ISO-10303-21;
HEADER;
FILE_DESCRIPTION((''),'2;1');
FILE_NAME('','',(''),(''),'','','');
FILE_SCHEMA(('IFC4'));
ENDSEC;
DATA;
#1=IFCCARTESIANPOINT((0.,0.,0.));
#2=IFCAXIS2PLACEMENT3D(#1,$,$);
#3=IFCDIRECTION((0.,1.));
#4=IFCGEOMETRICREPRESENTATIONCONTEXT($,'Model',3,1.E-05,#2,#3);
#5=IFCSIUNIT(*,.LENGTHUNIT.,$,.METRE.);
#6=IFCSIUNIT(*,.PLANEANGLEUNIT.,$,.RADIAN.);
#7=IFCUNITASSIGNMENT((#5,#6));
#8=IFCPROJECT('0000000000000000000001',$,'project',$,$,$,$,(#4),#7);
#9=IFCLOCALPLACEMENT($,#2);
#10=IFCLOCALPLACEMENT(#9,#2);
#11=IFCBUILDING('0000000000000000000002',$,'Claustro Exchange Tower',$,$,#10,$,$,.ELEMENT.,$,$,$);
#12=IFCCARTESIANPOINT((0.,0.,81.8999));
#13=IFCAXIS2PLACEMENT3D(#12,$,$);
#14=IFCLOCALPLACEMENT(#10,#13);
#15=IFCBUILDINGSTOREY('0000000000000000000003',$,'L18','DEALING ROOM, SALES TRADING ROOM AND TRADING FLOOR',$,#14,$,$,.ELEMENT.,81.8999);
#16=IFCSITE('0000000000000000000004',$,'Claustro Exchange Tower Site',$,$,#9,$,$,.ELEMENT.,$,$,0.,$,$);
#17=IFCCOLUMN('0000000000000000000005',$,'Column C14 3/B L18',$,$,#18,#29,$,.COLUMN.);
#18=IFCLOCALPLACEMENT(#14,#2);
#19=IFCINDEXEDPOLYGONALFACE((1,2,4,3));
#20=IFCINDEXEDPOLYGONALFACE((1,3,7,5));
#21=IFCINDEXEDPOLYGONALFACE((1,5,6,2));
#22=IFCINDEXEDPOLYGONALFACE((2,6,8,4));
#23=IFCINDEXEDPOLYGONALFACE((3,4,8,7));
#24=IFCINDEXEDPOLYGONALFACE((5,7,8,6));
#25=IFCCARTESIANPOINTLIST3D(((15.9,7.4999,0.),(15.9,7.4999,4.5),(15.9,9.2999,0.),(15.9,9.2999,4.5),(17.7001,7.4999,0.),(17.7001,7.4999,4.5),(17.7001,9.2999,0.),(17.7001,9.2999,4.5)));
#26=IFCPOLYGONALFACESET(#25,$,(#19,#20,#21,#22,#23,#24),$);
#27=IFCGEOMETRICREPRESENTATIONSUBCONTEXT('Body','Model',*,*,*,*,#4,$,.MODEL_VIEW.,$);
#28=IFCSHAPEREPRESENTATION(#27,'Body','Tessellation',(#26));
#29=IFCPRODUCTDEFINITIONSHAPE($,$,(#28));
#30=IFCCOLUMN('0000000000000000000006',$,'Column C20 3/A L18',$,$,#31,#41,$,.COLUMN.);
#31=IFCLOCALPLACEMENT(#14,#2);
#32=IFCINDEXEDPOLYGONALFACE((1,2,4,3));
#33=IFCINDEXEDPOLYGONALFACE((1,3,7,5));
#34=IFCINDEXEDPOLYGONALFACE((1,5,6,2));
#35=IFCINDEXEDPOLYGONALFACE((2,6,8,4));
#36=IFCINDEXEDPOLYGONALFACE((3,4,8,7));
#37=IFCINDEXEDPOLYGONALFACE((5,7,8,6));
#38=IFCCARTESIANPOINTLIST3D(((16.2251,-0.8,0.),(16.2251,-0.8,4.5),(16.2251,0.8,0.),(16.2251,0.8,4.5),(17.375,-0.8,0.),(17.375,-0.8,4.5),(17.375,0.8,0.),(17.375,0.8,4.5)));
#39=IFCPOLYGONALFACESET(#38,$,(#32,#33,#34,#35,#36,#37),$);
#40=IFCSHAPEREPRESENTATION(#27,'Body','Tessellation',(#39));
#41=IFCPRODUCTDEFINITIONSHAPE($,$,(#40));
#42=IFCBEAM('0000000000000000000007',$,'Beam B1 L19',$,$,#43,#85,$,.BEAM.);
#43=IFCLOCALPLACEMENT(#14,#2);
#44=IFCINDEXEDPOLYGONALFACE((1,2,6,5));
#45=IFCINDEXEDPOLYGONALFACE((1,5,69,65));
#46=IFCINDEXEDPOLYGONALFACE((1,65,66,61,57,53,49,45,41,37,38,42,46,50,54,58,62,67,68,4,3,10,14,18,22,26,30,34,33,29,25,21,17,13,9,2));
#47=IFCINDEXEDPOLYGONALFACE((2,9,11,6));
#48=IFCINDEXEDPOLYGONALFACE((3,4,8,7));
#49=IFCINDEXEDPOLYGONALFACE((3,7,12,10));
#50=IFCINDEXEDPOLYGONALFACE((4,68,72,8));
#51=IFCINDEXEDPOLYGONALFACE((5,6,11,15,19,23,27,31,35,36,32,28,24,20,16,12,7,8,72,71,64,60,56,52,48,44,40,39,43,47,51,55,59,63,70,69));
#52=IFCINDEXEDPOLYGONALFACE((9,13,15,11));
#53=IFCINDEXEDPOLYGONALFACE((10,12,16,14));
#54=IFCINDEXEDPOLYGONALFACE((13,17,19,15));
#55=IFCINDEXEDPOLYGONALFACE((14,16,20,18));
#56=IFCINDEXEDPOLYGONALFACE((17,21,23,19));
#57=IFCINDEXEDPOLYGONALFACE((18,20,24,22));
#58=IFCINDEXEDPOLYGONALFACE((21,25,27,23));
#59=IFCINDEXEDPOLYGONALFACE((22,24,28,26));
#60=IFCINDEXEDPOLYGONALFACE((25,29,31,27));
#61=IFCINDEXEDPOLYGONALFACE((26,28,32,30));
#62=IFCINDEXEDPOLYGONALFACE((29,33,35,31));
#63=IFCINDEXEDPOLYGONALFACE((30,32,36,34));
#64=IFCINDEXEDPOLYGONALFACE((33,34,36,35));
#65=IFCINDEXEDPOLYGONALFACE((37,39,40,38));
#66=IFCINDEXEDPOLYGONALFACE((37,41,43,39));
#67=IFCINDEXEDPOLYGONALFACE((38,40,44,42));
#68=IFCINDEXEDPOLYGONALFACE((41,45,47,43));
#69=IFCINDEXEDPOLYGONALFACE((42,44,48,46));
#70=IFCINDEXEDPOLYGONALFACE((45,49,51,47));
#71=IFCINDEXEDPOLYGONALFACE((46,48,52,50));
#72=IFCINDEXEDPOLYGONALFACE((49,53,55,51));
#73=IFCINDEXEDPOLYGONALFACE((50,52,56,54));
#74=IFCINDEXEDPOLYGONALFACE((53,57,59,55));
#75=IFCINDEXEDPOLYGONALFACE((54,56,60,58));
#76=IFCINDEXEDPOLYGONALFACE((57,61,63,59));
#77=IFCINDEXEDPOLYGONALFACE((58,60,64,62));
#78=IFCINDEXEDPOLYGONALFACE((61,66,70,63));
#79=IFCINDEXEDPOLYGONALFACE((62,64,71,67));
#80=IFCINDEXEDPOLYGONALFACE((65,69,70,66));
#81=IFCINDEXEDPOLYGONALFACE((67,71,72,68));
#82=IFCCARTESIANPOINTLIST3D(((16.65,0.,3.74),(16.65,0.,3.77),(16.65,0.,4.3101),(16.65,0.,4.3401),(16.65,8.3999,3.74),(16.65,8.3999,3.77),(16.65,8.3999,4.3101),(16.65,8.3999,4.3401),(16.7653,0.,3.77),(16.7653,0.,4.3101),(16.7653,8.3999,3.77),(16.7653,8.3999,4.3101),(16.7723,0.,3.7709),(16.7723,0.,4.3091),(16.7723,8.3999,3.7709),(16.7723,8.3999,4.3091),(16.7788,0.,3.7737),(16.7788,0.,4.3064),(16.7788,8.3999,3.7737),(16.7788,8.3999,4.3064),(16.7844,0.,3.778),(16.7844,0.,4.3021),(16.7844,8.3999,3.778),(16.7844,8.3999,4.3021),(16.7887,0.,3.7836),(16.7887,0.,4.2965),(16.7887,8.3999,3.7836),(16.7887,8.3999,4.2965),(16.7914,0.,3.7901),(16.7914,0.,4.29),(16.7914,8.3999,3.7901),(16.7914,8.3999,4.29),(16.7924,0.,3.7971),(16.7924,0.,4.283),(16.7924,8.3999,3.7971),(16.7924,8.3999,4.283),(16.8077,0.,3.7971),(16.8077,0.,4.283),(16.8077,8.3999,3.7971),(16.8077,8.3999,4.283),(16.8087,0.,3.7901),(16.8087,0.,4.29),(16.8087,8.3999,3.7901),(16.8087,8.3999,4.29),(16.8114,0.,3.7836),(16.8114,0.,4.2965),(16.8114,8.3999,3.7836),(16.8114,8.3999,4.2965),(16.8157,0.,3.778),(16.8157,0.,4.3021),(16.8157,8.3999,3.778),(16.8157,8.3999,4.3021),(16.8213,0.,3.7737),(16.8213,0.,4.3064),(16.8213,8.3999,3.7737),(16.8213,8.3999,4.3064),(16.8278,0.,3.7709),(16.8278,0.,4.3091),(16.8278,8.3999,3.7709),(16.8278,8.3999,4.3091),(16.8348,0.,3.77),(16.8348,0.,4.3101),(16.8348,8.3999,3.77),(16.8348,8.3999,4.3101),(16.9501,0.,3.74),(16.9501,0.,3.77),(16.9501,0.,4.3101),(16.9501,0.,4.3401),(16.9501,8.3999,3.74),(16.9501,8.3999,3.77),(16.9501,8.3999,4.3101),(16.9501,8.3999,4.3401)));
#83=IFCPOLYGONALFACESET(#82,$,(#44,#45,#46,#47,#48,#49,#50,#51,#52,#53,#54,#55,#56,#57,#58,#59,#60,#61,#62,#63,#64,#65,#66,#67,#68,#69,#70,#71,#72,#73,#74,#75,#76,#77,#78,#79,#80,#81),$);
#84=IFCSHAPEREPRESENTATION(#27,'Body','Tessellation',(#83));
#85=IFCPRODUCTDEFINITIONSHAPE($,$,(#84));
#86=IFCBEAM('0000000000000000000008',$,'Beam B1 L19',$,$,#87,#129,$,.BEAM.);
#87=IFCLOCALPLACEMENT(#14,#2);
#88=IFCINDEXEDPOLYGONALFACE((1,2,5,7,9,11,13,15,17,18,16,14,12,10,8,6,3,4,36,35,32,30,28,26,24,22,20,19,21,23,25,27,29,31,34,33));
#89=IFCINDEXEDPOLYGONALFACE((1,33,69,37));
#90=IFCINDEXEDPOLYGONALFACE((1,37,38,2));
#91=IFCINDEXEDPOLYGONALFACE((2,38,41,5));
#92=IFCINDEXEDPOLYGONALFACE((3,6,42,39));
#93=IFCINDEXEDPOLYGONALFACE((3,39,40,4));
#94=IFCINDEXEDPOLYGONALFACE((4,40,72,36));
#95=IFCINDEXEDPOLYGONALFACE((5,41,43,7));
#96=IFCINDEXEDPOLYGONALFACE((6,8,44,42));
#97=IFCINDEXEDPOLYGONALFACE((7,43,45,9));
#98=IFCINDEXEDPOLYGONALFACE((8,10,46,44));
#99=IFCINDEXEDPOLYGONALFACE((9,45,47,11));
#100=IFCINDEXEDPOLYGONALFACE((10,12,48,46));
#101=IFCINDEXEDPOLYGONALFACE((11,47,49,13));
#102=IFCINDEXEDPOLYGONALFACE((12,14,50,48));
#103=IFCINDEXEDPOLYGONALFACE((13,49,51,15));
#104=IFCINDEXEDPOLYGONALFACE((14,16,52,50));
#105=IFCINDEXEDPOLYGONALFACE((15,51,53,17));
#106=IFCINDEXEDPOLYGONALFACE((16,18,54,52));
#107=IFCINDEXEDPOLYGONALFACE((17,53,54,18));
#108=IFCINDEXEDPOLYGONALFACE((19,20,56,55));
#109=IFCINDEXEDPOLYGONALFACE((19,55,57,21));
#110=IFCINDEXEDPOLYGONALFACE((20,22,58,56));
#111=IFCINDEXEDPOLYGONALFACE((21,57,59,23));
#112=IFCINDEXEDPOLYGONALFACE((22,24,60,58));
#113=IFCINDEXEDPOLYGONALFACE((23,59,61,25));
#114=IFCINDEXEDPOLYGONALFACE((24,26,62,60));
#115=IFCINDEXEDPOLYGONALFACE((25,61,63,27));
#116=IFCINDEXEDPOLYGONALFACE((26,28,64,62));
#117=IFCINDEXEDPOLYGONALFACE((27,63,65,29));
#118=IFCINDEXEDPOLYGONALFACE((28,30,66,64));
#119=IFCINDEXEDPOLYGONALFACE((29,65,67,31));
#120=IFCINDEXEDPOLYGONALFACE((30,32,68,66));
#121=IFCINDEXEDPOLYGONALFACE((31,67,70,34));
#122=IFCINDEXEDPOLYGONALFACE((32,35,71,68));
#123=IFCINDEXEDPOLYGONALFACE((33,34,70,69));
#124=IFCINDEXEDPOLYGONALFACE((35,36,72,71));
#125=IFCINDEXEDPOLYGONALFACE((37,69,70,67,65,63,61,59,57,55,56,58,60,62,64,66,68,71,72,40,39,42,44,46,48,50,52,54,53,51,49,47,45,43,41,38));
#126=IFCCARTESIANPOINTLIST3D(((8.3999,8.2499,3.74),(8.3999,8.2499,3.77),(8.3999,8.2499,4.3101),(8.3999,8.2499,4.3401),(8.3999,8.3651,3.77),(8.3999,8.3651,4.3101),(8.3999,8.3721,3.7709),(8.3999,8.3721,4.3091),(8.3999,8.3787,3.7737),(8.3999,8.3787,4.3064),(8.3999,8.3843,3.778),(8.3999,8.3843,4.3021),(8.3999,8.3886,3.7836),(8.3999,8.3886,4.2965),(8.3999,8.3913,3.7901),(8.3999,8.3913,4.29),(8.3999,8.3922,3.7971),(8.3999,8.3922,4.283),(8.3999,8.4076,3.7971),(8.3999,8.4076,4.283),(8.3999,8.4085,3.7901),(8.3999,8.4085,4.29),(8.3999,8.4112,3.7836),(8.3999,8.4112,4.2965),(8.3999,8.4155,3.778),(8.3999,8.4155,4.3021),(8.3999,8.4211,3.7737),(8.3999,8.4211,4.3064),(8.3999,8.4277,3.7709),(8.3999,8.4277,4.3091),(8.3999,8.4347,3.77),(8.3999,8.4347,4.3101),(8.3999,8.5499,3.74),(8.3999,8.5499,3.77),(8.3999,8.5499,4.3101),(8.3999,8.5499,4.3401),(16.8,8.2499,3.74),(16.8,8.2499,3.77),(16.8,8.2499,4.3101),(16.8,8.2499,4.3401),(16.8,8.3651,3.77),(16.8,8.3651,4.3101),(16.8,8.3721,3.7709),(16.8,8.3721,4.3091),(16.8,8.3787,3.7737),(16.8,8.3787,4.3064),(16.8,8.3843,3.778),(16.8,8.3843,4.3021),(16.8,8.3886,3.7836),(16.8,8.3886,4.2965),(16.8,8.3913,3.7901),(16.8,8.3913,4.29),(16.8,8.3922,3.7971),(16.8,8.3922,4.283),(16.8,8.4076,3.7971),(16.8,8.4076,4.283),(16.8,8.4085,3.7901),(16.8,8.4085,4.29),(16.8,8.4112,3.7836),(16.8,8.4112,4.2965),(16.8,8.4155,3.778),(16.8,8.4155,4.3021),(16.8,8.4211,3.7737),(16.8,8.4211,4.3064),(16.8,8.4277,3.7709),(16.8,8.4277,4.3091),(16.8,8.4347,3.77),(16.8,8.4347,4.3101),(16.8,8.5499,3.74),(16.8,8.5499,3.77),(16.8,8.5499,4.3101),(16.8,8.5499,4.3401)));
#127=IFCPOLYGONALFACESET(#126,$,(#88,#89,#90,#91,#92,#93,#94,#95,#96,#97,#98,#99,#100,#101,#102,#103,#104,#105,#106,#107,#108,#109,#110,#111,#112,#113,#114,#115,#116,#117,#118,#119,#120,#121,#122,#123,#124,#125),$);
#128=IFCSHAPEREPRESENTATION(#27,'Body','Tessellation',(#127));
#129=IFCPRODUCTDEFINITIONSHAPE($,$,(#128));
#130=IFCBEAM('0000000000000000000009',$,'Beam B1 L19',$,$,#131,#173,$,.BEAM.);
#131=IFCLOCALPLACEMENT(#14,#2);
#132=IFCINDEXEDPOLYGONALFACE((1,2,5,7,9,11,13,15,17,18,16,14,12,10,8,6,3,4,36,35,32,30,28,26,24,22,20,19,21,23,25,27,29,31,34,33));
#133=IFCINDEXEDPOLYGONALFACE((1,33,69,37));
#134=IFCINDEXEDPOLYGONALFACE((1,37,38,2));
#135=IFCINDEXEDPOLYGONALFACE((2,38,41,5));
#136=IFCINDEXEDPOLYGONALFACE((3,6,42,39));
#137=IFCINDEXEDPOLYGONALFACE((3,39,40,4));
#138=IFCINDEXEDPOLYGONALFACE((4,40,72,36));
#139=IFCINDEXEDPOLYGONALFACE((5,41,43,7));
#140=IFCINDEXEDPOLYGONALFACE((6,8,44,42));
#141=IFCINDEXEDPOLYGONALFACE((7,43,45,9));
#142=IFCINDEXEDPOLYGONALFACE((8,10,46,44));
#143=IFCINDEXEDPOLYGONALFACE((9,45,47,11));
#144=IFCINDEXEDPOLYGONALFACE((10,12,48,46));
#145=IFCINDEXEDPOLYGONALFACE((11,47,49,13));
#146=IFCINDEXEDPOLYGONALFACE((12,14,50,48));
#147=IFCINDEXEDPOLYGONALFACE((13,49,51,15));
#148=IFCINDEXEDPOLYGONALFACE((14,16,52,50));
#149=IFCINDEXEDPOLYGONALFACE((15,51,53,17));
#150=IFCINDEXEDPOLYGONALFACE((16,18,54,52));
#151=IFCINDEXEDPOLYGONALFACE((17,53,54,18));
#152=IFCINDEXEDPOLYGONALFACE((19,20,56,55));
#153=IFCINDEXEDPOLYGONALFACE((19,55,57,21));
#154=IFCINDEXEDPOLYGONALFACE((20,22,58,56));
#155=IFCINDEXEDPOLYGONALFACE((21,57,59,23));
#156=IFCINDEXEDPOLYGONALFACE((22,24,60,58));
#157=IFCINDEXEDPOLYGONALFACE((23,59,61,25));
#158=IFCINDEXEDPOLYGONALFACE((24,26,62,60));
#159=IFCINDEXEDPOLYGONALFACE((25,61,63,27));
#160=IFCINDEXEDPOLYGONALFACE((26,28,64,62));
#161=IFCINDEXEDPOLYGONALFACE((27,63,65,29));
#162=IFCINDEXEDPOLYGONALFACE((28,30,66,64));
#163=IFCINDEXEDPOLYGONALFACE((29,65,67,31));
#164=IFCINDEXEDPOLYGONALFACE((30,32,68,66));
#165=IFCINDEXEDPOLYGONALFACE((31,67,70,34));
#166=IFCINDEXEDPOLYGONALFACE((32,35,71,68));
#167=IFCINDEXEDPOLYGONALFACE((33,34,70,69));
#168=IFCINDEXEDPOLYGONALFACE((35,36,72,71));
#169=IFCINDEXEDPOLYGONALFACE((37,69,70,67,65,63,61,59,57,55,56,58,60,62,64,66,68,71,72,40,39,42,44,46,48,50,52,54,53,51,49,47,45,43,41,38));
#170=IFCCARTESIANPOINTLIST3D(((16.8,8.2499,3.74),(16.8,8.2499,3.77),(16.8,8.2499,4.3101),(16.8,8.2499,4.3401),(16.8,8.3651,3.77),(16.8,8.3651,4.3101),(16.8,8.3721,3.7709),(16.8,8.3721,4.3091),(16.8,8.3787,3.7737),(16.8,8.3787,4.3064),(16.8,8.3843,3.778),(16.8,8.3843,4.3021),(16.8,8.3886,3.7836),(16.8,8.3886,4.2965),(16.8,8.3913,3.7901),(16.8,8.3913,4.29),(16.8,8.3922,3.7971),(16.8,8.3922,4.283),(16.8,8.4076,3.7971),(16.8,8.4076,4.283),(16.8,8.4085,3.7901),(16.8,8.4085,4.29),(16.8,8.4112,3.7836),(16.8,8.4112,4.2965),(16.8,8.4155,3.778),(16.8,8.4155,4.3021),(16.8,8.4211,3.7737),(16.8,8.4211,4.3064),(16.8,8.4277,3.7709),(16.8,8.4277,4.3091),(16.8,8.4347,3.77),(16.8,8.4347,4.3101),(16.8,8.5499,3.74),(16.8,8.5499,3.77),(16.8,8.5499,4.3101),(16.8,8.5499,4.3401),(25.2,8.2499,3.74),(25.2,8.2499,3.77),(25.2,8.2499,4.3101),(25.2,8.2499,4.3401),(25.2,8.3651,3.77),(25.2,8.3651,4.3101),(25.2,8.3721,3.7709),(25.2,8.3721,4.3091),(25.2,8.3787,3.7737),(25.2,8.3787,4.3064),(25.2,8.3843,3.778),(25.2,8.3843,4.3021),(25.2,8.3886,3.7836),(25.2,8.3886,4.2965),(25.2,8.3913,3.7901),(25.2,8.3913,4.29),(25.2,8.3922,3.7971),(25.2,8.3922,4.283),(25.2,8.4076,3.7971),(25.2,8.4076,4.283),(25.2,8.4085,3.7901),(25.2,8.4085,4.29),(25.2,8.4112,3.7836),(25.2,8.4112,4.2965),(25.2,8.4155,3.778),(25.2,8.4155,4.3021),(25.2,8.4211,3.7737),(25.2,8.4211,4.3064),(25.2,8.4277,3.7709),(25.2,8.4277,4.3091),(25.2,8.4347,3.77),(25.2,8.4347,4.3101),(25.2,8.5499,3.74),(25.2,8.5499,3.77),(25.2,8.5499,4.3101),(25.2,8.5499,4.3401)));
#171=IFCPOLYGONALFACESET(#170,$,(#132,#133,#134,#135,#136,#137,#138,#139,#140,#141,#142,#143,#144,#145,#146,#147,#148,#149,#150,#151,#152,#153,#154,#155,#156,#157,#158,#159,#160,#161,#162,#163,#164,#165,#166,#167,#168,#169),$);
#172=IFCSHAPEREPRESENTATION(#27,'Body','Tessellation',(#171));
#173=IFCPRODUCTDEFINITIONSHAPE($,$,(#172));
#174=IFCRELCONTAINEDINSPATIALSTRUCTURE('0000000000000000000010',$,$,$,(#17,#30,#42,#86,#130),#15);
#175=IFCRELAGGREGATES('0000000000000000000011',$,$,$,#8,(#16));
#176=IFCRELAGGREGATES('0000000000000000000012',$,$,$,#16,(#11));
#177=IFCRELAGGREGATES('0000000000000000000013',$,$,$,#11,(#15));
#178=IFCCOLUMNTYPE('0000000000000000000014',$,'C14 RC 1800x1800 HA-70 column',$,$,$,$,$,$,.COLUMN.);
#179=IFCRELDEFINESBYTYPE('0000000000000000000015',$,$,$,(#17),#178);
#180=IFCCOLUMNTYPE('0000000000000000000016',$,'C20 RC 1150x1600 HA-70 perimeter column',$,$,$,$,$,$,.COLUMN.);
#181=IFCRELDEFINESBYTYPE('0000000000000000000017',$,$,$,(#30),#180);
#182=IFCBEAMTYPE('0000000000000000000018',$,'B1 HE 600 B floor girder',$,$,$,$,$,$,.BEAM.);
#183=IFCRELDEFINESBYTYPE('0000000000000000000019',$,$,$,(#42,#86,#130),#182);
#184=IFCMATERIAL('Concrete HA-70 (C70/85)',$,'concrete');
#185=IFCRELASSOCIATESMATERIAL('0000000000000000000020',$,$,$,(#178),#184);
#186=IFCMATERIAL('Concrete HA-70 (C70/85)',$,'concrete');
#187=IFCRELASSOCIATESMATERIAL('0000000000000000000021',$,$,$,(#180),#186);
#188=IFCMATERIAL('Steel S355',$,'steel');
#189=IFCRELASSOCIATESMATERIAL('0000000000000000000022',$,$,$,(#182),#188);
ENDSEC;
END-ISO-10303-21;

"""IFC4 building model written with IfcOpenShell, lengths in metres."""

from ifc_helpers import new_model, si_unit, direction, frame, origin, origin_2d, place, context, subcontext, project, spatial, rectangle, i_section, extrude, material, material_profile, profile_set, type_object, element, save


model = new_model("IFC4")

# Units and contexts
model_context = context("Model", 3, precision=1e-05, world=origin(), true_north=direction((0.0, 1.0)))
body_context = subcontext(model_context, "Body", "Model", "MODEL_VIEW")
ifc_project = project(units=[si_unit("LENGTHUNIT", "METRE"), si_unit("PLANEANGLEUNIT", "RADIAN")], contexts=[model_context])

# Site, building, storey
site_placement = place(None, origin())
site = spatial("IfcSite", under=ifc_project, at=site_placement, Name="Claustro Exchange Tower Site", CompositionType="ELEMENT", RefElevation=0.0)
building_placement = place(site_placement, origin())
building = spatial("IfcBuilding", under=site, at=building_placement, Name="Claustro Exchange Tower", CompositionType="ELEMENT")
storey_placement = place(building_placement, frame((0.0, 0.0, 81.8999)))
storey = spatial("IfcBuildingStorey", under=building, at=storey_placement, Name="L18", Description="DEALING ROOM, SALES TRADING ROOM AND TRADING FLOOR", CompositionType="ELEMENT", Elevation=81.8999)

# Columns
ifc_material_1 = material(Name="Concrete HA-70 (C70/85)", Category="concrete")
ifc_material_profile_1 = material_profile(ifc_material_1, rectangle(XDim=1.8, YDim=1.8, at=origin_2d()), Name="RC 1800x1800")
ifc_profile_set_1 = profile_set([ifc_material_profile_1], Name="Concrete HA-70 (C70/85)")
column_type_1 = type_object("IfcColumnType", Name="C14 RC 1800x1800 HA-70 column", PredefinedType="COLUMN", material=ifc_profile_set_1)
column_1_placement = place(storey_placement, frame((16.8, 8.3999, 0.0), z_axis=(0.0, 0.0, 1.0), x_axis=(1.0, 0.0, 0.0)))
element("IfcColumn", 1, at=column_1_placement, inside=storey, type_object=column_type_1, Name="Column C14 3/B L18", PredefinedType="COLUMN", context=body_context, shape_type="SweptSolid", body=[
    extrude(rectangle(XDim=1.8, YDim=1.8, at=origin_2d()), origin(), (0.0, 0.0, 1.0), 4.5),
])
ifc_material_2 = material(Name="Concrete HA-70 (C70/85)", Category="concrete")
ifc_material_profile_2 = material_profile(ifc_material_2, rectangle(XDim=1.1499, YDim=1.6001, at=origin_2d()), Name="RC 1150x1600")
ifc_profile_set_2 = profile_set([ifc_material_profile_2], Name="Concrete HA-70 (C70/85)")
column_type_2 = type_object("IfcColumnType", Name="C20 RC 1150x1600 HA-70 perimeter column", PredefinedType="COLUMN", material=ifc_profile_set_2)
column_2_placement = place(storey_placement, frame((16.8, 0.0, 0.0), z_axis=(0.0, 0.0, 1.0), x_axis=(1.0, 0.0, 0.0)))
element("IfcColumn", 2, at=column_2_placement, inside=storey, type_object=column_type_2, Name="Column C20 3/A L18", PredefinedType="COLUMN", context=body_context, shape_type="SweptSolid", body=[
    extrude(rectangle(XDim=1.1499, YDim=1.6001, at=origin_2d()), origin(), (0.0, 0.0, 1.0), 4.5),
])

# Beams
ifc_material_3 = material(Name="Steel S355", Category="steel")
ifc_material_profile_3 = material_profile(ifc_material_3, i_section(OverallWidth=0.3, OverallDepth=0.6001, WebThickness=0.0154, FlangeThickness=0.03, FilletRadius=0.0271, at=origin_2d()), Name="HE 600 B")
ifc_profile_set_3 = profile_set([ifc_material_profile_3], Name="Steel S355")
beam_type_1 = type_object("IfcBeamType", Name="B1 HE 600 B floor girder", PredefinedType="BEAM", material=ifc_profile_set_3)
beam_1_placement = place(storey_placement, frame((16.8, 0.0, 4.04), z_axis=(0.0, 1.0, 0.0), x_axis=(-1.0, 0.0, 0.0)))
element("IfcBeam", 3, at=beam_1_placement, inside=storey, type_object=beam_type_1, Name="Beam B1 L19", PredefinedType="BEAM", context=body_context, shape_type="SweptSolid", body=[
    extrude(i_section(OverallWidth=0.3, OverallDepth=0.6001, WebThickness=0.0154, FlangeThickness=0.03, FilletRadius=0.0271, at=origin_2d()), origin(), (0.0, 0.0, 1.0), 8.3999),
])
beam_2_placement = place(storey_placement, frame((8.3999, 8.3999, 4.04), z_axis=(1.0, 0.0, 0.0), x_axis=(0.0, 1.0, 0.0)))
element("IfcBeam", 4, at=beam_2_placement, inside=storey, type_object=beam_type_1, Name="Beam B1 L19", PredefinedType="BEAM", context=body_context, shape_type="SweptSolid", body=[
    extrude(i_section(OverallWidth=0.3, OverallDepth=0.6001, WebThickness=0.0154, FlangeThickness=0.03, FilletRadius=0.0271, at=origin_2d()), origin(), (0.0, 0.0, 1.0), 8.4001),
])
beam_3_placement = place(storey_placement, frame((16.8, 8.3999, 4.04), z_axis=(1.0, 0.0, 0.0), x_axis=(0.0, 1.0, 0.0)))
element("IfcBeam", 5, at=beam_3_placement, inside=storey, type_object=beam_type_1, Name="Beam B1 L19", PredefinedType="BEAM", context=body_context, shape_type="SweptSolid", body=[
    extrude(i_section(OverallWidth=0.3, OverallDepth=0.6001, WebThickness=0.0154, FlangeThickness=0.03, FilletRadius=0.0271, at=origin_2d()), origin(), (0.0, 0.0, 1.0), 8.3999),
])

save(model, "model.ifc")
